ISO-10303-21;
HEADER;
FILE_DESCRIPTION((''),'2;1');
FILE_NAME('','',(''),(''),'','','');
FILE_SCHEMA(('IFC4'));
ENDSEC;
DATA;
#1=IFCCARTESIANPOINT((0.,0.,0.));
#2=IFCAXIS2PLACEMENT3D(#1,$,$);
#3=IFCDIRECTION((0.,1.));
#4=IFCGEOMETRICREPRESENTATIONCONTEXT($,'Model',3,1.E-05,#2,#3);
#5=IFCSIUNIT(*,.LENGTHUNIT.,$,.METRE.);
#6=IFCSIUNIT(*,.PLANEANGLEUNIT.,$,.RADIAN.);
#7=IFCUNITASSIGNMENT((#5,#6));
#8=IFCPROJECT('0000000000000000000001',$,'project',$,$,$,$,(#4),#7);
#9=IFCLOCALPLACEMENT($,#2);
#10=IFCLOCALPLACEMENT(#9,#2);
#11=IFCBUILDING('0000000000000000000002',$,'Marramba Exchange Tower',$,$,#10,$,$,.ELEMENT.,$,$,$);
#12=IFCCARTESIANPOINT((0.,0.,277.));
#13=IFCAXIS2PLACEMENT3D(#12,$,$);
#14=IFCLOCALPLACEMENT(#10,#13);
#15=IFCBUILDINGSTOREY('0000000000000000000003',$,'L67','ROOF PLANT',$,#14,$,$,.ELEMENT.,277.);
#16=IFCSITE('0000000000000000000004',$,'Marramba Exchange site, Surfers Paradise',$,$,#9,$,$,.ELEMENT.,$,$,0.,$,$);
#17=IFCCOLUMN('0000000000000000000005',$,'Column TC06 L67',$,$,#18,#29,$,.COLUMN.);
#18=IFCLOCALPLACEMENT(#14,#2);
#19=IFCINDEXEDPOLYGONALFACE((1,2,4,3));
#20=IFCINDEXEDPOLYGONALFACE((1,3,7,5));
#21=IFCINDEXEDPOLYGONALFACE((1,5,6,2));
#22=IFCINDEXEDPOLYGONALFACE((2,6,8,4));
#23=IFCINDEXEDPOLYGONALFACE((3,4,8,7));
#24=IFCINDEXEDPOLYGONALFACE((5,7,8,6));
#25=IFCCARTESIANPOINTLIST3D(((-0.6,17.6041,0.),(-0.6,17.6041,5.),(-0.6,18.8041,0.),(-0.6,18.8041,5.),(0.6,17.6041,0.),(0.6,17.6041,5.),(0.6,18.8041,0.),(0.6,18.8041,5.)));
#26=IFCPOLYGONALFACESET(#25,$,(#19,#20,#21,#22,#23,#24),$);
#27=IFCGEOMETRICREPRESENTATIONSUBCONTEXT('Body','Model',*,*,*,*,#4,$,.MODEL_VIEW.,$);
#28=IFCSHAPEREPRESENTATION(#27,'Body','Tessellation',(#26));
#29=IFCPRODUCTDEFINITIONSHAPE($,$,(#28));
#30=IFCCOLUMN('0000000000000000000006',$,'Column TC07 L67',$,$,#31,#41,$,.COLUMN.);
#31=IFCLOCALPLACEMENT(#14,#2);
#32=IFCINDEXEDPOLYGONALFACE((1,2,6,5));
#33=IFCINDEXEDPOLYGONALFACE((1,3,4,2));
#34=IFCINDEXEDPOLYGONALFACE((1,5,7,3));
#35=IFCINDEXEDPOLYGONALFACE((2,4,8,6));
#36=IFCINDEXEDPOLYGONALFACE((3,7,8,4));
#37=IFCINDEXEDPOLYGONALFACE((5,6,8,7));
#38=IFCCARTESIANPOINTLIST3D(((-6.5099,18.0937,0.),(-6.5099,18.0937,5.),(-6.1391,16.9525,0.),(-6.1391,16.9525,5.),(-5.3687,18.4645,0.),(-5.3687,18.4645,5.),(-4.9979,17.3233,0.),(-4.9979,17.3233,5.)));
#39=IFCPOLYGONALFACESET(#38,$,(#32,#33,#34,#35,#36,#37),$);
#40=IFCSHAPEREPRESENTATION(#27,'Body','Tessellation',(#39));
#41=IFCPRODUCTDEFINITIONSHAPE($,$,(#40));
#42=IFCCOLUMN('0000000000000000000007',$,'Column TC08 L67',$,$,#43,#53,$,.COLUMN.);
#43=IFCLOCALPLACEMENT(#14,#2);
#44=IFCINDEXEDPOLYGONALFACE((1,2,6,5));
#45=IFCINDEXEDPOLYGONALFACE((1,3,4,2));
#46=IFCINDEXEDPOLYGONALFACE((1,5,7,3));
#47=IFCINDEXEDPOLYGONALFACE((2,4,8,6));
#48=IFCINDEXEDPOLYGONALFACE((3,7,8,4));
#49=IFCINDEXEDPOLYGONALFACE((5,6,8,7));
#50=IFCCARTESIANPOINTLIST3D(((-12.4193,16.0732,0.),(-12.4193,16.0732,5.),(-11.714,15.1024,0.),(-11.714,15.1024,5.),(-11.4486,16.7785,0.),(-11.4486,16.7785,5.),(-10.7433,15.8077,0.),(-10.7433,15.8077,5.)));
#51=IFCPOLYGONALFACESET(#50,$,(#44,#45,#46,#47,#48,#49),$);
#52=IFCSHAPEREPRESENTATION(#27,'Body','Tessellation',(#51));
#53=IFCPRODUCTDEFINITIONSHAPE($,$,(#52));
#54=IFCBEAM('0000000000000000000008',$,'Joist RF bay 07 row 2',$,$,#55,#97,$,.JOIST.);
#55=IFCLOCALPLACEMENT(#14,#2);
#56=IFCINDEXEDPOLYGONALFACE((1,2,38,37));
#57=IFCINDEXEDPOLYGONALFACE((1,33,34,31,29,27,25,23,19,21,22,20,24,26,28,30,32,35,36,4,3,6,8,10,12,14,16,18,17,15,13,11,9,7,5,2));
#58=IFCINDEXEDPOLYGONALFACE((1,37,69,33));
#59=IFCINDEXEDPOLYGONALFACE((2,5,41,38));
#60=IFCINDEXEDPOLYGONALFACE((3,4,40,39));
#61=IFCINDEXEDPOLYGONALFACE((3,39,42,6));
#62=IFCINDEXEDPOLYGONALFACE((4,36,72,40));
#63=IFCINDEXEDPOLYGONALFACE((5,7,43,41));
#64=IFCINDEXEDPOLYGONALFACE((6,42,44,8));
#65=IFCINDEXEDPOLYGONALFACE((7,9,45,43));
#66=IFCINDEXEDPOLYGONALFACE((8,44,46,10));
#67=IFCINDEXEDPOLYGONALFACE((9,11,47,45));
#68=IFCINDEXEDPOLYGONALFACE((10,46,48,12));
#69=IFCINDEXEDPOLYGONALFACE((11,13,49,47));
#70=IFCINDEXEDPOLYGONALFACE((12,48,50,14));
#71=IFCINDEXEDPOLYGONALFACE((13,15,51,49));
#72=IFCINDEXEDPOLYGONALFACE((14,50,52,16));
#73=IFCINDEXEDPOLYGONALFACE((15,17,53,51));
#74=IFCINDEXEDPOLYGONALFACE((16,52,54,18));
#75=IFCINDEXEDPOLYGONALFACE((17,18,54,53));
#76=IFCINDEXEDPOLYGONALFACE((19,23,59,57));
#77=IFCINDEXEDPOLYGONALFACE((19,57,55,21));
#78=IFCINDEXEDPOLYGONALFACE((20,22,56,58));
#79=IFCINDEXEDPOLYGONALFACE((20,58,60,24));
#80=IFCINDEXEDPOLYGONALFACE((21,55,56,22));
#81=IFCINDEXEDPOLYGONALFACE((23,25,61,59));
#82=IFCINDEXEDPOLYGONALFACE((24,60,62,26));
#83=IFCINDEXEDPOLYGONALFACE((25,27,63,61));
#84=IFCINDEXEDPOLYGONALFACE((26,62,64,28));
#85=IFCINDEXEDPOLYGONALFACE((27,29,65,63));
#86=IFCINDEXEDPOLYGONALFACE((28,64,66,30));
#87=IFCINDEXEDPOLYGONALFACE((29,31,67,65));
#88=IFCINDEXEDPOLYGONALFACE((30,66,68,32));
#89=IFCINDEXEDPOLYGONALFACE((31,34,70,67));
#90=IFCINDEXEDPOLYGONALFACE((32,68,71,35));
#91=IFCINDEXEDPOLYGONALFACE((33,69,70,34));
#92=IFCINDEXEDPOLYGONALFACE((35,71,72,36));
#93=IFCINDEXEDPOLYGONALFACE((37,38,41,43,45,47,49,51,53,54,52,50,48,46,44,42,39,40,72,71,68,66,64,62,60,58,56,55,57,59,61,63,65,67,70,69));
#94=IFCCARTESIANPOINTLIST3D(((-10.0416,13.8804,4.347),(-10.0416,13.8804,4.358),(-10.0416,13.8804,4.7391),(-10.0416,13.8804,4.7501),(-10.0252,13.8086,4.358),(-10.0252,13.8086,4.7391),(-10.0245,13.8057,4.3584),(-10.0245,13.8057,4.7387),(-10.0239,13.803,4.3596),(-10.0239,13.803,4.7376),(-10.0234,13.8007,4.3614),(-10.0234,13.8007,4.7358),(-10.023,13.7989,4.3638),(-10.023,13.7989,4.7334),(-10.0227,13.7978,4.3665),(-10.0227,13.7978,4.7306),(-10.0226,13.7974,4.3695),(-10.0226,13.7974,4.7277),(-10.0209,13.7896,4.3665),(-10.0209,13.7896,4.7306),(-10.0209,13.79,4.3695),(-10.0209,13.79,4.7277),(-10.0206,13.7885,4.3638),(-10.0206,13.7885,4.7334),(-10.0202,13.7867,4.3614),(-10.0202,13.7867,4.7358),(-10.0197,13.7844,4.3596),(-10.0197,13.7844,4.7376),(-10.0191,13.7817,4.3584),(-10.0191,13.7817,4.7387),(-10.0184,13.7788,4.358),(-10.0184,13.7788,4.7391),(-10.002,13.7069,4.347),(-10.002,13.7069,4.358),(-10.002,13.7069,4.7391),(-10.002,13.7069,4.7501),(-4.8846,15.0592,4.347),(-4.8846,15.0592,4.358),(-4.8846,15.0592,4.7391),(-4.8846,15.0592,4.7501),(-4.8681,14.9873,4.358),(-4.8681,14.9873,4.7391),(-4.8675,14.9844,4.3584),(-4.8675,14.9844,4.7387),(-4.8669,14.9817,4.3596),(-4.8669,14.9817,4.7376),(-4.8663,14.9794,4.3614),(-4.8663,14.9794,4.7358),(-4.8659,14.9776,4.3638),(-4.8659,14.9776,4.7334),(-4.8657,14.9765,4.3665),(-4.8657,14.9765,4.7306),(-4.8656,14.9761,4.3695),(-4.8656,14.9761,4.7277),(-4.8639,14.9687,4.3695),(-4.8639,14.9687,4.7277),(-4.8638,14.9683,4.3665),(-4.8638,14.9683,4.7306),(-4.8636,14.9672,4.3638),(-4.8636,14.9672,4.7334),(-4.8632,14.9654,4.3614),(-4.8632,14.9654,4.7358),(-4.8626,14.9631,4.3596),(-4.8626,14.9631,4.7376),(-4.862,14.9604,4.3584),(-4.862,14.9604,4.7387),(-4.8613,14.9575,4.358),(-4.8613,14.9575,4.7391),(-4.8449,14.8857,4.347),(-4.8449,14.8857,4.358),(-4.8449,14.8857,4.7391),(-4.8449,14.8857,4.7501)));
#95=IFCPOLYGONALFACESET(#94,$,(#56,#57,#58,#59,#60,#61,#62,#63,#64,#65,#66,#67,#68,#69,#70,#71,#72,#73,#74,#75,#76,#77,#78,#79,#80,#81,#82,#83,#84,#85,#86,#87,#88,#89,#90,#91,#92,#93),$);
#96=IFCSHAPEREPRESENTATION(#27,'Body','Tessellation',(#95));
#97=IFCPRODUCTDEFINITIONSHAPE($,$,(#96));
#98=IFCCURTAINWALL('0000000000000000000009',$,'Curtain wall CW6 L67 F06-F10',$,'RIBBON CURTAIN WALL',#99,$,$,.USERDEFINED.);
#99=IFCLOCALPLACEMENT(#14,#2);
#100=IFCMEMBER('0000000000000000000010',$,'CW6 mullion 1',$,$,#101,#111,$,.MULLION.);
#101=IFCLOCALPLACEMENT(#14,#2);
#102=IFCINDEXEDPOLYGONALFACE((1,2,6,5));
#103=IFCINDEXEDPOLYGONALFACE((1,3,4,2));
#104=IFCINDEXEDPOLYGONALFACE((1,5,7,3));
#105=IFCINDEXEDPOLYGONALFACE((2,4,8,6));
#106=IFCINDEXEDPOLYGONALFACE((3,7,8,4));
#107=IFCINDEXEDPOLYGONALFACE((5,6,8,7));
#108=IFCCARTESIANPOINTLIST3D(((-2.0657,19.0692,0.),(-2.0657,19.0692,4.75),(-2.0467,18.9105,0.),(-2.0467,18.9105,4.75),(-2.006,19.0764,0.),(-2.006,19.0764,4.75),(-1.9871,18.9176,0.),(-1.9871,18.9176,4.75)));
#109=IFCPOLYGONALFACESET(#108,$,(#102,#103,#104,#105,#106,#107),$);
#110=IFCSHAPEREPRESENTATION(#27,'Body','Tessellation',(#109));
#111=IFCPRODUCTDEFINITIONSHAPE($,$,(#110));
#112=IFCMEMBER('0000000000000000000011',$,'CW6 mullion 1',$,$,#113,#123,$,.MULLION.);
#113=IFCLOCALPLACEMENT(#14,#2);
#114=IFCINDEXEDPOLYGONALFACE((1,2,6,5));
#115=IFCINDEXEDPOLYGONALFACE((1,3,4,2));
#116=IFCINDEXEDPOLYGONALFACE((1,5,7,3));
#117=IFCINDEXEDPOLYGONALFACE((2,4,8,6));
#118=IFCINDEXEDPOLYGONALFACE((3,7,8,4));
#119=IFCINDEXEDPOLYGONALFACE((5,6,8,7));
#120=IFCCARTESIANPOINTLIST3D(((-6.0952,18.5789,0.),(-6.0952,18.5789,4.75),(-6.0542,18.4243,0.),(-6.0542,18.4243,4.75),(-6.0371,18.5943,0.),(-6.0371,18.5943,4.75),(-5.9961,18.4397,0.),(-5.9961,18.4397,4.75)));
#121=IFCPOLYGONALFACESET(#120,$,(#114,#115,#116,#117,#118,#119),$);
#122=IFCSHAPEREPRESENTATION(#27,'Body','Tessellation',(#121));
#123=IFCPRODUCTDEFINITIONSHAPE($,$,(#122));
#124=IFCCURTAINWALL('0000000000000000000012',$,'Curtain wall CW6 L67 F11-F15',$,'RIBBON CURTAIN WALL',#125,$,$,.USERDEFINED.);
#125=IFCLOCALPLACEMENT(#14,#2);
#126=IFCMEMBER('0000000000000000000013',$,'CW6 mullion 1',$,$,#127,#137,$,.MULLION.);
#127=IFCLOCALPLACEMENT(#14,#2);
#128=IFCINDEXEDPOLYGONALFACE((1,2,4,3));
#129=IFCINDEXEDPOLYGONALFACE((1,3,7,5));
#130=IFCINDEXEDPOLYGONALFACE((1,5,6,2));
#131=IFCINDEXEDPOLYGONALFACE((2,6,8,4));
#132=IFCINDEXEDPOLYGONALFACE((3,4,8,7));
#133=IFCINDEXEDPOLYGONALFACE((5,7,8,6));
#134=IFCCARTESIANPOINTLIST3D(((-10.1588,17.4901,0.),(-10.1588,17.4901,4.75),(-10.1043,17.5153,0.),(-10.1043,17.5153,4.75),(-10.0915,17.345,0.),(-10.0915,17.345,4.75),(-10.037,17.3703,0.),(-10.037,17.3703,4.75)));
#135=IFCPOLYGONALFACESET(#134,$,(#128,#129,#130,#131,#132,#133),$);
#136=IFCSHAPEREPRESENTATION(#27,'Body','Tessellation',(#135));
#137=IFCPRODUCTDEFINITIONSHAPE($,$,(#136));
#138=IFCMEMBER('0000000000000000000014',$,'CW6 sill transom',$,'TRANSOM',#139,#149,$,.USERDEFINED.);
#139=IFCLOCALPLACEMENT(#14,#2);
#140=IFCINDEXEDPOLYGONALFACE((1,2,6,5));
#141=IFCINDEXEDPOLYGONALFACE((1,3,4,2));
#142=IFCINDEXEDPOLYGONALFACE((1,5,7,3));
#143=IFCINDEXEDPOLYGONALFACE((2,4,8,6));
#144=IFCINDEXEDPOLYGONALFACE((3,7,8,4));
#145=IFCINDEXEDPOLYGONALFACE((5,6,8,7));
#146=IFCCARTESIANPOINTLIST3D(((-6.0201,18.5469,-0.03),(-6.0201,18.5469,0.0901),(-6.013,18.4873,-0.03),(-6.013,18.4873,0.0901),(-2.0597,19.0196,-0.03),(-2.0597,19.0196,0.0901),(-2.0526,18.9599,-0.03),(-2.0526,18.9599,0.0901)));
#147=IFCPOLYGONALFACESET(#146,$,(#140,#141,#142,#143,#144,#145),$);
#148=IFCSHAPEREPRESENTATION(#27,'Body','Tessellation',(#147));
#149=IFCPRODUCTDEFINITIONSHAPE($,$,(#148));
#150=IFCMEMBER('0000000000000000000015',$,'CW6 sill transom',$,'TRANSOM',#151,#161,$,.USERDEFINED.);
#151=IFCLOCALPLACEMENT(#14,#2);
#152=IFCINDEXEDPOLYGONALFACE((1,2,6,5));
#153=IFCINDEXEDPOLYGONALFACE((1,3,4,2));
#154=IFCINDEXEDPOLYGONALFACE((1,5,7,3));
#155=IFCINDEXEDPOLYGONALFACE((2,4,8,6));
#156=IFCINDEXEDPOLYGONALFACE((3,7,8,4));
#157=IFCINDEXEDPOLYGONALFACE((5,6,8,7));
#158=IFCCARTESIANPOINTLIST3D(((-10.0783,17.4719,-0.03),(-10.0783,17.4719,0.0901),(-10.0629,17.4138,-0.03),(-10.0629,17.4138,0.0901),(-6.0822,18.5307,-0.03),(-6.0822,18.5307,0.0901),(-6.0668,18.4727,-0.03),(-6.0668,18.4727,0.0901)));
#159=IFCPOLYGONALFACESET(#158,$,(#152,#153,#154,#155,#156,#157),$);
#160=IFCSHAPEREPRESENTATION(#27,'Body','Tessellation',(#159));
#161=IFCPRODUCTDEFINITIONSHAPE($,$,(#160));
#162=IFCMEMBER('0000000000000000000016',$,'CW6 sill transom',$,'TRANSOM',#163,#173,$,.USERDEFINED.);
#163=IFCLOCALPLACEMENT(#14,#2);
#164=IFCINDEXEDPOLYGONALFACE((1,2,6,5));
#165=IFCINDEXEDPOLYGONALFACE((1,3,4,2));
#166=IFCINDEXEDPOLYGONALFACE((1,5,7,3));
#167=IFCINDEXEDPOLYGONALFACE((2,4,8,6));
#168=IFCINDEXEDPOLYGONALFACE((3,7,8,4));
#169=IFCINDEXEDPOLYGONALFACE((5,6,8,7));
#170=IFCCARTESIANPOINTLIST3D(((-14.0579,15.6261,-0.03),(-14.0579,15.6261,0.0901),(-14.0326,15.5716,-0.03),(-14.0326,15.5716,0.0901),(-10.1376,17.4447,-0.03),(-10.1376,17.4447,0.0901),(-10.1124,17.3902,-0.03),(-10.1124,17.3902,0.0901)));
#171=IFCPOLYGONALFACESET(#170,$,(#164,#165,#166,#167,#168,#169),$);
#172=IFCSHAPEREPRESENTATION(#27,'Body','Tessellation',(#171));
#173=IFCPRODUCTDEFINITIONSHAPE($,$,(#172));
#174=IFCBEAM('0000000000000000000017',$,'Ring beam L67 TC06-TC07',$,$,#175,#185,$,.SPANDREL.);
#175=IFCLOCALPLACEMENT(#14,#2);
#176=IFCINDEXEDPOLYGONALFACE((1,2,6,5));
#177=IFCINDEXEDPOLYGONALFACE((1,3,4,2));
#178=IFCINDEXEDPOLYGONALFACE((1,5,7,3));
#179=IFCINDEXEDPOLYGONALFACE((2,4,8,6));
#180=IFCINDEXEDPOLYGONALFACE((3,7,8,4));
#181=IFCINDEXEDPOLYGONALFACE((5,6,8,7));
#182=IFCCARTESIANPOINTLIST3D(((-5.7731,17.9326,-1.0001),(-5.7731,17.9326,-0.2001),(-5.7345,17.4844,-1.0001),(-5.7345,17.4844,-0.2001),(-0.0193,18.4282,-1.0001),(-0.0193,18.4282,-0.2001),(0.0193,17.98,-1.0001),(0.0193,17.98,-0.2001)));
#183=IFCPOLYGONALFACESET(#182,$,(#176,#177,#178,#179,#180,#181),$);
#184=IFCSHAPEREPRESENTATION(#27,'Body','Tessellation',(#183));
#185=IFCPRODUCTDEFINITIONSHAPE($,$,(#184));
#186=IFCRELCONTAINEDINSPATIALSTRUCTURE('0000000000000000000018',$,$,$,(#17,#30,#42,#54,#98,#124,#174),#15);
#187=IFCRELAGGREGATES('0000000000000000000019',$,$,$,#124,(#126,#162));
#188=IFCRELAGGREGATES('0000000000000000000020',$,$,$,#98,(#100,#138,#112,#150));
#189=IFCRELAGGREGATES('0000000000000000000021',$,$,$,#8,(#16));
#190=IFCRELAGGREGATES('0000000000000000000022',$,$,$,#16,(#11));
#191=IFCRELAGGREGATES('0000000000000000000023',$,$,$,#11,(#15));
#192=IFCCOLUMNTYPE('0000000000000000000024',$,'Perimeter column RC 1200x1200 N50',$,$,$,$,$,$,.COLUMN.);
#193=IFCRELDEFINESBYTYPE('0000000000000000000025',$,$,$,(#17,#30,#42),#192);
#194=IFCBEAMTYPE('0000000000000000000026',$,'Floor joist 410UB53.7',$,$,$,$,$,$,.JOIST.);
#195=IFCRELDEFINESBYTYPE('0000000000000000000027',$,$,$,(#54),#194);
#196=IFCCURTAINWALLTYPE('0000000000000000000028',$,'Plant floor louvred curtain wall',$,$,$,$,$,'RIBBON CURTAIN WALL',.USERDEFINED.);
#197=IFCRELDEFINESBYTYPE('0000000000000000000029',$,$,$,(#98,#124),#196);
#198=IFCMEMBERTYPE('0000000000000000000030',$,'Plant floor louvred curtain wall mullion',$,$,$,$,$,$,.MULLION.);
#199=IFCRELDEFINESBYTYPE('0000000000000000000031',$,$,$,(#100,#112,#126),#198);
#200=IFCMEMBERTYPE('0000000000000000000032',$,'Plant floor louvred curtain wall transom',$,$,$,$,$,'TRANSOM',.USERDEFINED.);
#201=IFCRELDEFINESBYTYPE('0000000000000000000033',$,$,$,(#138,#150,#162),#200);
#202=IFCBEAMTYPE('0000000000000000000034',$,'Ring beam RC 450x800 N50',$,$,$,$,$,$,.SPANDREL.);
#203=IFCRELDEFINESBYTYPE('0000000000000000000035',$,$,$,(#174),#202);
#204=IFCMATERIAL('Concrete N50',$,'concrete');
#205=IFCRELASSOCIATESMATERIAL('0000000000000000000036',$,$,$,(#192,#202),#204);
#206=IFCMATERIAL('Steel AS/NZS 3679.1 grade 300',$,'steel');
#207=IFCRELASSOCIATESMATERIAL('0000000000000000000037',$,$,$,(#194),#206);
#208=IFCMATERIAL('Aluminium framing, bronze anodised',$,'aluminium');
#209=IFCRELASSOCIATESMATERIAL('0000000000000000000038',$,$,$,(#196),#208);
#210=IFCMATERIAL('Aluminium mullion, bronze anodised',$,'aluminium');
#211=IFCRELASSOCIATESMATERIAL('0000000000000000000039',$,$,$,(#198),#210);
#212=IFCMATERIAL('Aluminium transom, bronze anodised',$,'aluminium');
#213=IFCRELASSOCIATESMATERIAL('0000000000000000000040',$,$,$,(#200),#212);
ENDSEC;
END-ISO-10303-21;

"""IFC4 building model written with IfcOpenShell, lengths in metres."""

from ifc_helpers import new_model, si_unit, direction, frame, origin, origin_2d, place, context, subcontext, project, spatial, rectangle, i_section, extrude, material, material_profile, profile_set, type_object, element, aggregate, save


model = new_model("IFC4")

# Units and contexts
model_context = context("Model", 3, precision=1e-05, world=origin(), true_north=direction((0.0, 1.0)))
body_context = subcontext(model_context, "Body", "Model", "MODEL_VIEW")
ifc_project = project(units=[si_unit("LENGTHUNIT", "METRE"), si_unit("PLANEANGLEUNIT", "RADIAN")], contexts=[model_context])

# Site, building, storey
site_placement = place(None, origin())
site = spatial("IfcSite", under=ifc_project, at=site_placement, Name="Marramba Exchange site, Surfers Paradise", CompositionType="ELEMENT", RefElevation=0.0)
building_placement = place(site_placement, origin())
building = spatial("IfcBuilding", under=site, at=building_placement, Name="Marramba Exchange Tower", CompositionType="ELEMENT")
storey_placement = place(building_placement, frame((0.0, 0.0, 277.0)))
storey = spatial("IfcBuildingStorey", under=building, at=storey_placement, Name="L67", Description="ROOF PLANT", CompositionType="ELEMENT", Elevation=277.0)

# Columns
ifc_material_1 = material(Name="Concrete N50", Category="concrete")
ifc_material_profile_1 = material_profile(ifc_material_1, rectangle(XDim=1.2, YDim=1.2, at=origin_2d()), Name="RC 1200x1200")
ifc_profile_set_1 = profile_set([ifc_material_profile_1], Name="Concrete N50")
column_type = type_object("IfcColumnType", Name="Perimeter column RC 1200x1200 N50", PredefinedType="COLUMN", material=ifc_profile_set_1)
for number, where, z_axis, x_axis, name in (
    (1, (0.0, 18.2041, 0.0), (0.0, 0.0, 1.0), (0.0, 1.0, 0.0), "Column TC06 L67"),
    (2, (-5.7539, 17.7085, 0.0), (0.0, 0.0, 1.0), (-0.309017, 0.951057, 0.0), "Column TC07 L67"),
    (3, (-11.5813, 15.9404, 0.0), (0.0, 0.0, 1.0), (-0.587785, 0.809017, 0.0), "Column TC08 L67"),
):
    element("IfcColumn", number, at=place(storey_placement, frame(where, z_axis=z_axis, x_axis=x_axis)), inside=storey, type_object=column_type, Name=name, PredefinedType="COLUMN", context=body_context, shape_type="SweptSolid", body=[
        extrude(rectangle(XDim=1.2, YDim=1.2, at=origin_2d()), origin(), (0.0, 0.0, 1.0), 5.0),
    ])

# Beam
ifc_material_2 = material(Name="Steel AS/NZS 3679.1 grade 300", Category="steel")
ifc_material_profile_2 = material_profile(ifc_material_2, i_section(OverallWidth=0.178, OverallDepth=0.4031, WebThickness=0.0076, FlangeThickness=0.011, FilletRadius=0.0115, at=origin_2d()), Name="410UB53.7")
ifc_profile_set_2 = profile_set([ifc_material_profile_2], Name="Steel AS/NZS 3679.1 grade 300")
beam_type_1 = type_object("IfcBeamType", Name="Floor joist 410UB53.7", PredefinedType="JOIST", material=ifc_profile_set_2)
beam_1_placement = place(storey_placement, frame((-4.8647, 14.9724, 4.5486), z_axis=(-0.97486, -0.22282, 0.0), x_axis=(0.22282, -0.97486, 0.0)))
element("IfcBeam", 4, at=beam_1_placement, inside=storey, type_object=beam_type_1, Name="Joist RF bay 07 row 2", PredefinedType="JOIST", context=body_context, shape_type="SweptSolid", body=[
    extrude(i_section(OverallWidth=0.178, OverallDepth=0.4031, WebThickness=0.0076, FlangeThickness=0.011, FilletRadius=0.0115, at=origin_2d()), origin(), (0.0, 0.0, 1.0), 5.29),
])

# Curtain wall, members
ifc_material_3 = material(Name="Aluminium framing, bronze anodised", Category="aluminium")
curtain_wall_type = type_object("IfcCurtainWallType", Name="Plant floor louvred curtain wall", ElementType="RIBBON CURTAIN WALL", PredefinedType="USERDEFINED", material=ifc_material_3)
curtain_wall_1_placement = place(storey_placement, origin())
curtain_wall_1 = element("IfcCurtainWall", 5, at=curtain_wall_1_placement, inside=storey, type_object=curtain_wall_type, Name="Curtain wall CW6 L67 F06-F10", ObjectType="RIBBON CURTAIN WALL", PredefinedType="USERDEFINED")
ifc_material_4 = material(Name="Aluminium mullion, bronze anodised", Category="aluminium")
ifc_material_profile_3 = material_profile(ifc_material_4, rectangle(XDim=0.1599, YDim=0.0601, at=origin_2d()), Name="CW6 mullion 60x160")
ifc_profile_set_3 = profile_set([ifc_material_profile_3], Name="Aluminium mullion, bronze anodised")
member_type_1 = type_object("IfcMemberType", Name="Plant floor louvred curtain wall mullion", PredefinedType="MULLION", material=ifc_profile_set_3)
member_1_placement = place(storey_placement, frame((-2.0264, 18.9934, 0.0), z_axis=(0.0, 0.0, 1.0), x_axis=(0.118557, -0.992947, 0.0)))
member_1 = element("IfcMember", 6, at=member_1_placement, type_object=member_type_1, Name="CW6 mullion 1", PredefinedType="MULLION", context=body_context, shape_type="SweptSolid", body=[
    extrude(rectangle(XDim=0.1599, YDim=0.0601, at=origin_2d()), origin(), (0.0, 0.0, 1.0), 4.75),
])
member_2_placement = place(storey_placement, frame((-6.0457, 18.5093, 0.0), z_axis=(0.0, 0.0, 1.0), x_axis=(0.256126, -0.966644, 0.0)))
member_2 = element("IfcMember", 7, at=member_2_placement, type_object=member_type_1, Name="CW6 mullion 1", PredefinedType="MULLION", context=body_context, shape_type="SweptSolid", body=[
    extrude(rectangle(XDim=0.1599, YDim=0.0601, at=origin_2d()), origin(), (0.0, 0.0, 1.0), 4.75),
])

# Curtain wall, member
curtain_wall_2_placement = place(storey_placement, origin())
curtain_wall_2 = element("IfcCurtainWall", 8, at=curtain_wall_2_placement, inside=storey, type_object=curtain_wall_type, Name="Curtain wall CW6 L67 F11-F15", ObjectType="RIBBON CURTAIN WALL", PredefinedType="USERDEFINED")
member_3_placement = place(storey_placement, frame((-10.0979, 17.4302, 0.0), z_axis=(0.0, 0.0, 1.0), x_axis=(0.420849, -0.907131, 0.0)))
member_3 = element("IfcMember", 9, at=member_3_placement, type_object=member_type_1, Name="CW6 mullion 1", PredefinedType="MULLION", context=body_context, shape_type="SweptSolid", body=[
    extrude(rectangle(XDim=0.1599, YDim=0.0601, at=origin_2d()), origin(), (0.0, 0.0, 1.0), 4.75),
])

# Members
ifc_material_5 = material(Name="Aluminium transom, bronze anodised", Category="aluminium")
ifc_material_profile_4 = material_profile(ifc_material_5, rectangle(XDim=0.0601, YDim=0.1201, at=origin_2d()), Name="CW6 transom 60x120")
ifc_profile_set_4 = profile_set([ifc_material_profile_4], Name="Aluminium transom, bronze anodised")
member_type_2 = type_object("IfcMemberType", Name="Plant floor louvred curtain wall transom", ElementType="TRANSOM", PredefinedType="USERDEFINED", material=ifc_profile_set_4)
member_4_placement = place(storey_placement, frame((-2.0562, 18.9897, 0.03), z_axis=(-0.992954, -0.118503, 0.0), x_axis=(0.118503, -0.992954, 0.0)))
member_4 = element("IfcMember", 10, at=member_4_placement, type_object=member_type_2, Name="CW6 sill transom", ObjectType="TRANSOM", PredefinedType="USERDEFINED", context=body_context, shape_type="SweptSolid", body=[
    extrude(rectangle(XDim=0.0601, YDim=0.1201, at=origin_2d()), origin(), (0.0, 0.0, 1.0), 3.9885),
])
member_5_placement = place(storey_placement, frame((-6.0745, 18.5017, 0.03), z_axis=(-0.966642, -0.25613, 0.0), x_axis=(0.25613, -0.966642, 0.0)))
member_5 = element("IfcMember", 11, at=member_5_placement, type_object=member_type_2, Name="CW6 sill transom", ObjectType="TRANSOM", PredefinedType="USERDEFINED", context=body_context, shape_type="SweptSolid", body=[
    extrude(rectangle(XDim=0.0601, YDim=0.1201, at=origin_2d()), origin(), (0.0, 0.0, 1.0), 4.134),
])
member_6_placement = place(storey_placement, frame((-10.125, 17.4175, 0.03), z_axis=(-0.907139, -0.420831, 0.0), x_axis=(0.420831, -0.907139, 0.0)))
member_6 = element("IfcMember", 12, at=member_6_placement, type_object=member_type_2, Name="CW6 sill transom", ObjectType="TRANSOM", PredefinedType="USERDEFINED", context=body_context, shape_type="SweptSolid", body=[
    extrude(rectangle(XDim=0.0601, YDim=0.1201, at=origin_2d()), origin(), (0.0, 0.0, 1.0), 4.3215),
])
aggregate(curtain_wall_2, [member_3, member_6])

# Beam
ifc_material_profile_5 = material_profile(ifc_material_1, rectangle(XDim=0.45, YDim=0.8, at=origin_2d()), Name="RC 450x800")
ifc_profile_set_5 = profile_set([ifc_material_profile_5], Name="Concrete N50")
beam_type_2 = type_object("IfcBeamType", Name="Ring beam RC 450x800 N50", PredefinedType="SPANDREL", material=ifc_profile_set_5)
beam_2_placement = place(storey_placement, frame((0.0, 18.2041, -0.6001), z_axis=(-0.996311, -0.085816, 0.0), x_axis=(0.085816, -0.996311, 0.0)))
element("IfcBeam", 13, at=beam_2_placement, inside=storey, type_object=beam_type_2, Name="Ring beam L67 TC06-TC07", PredefinedType="SPANDREL", context=body_context, shape_type="SweptSolid", body=[
    extrude(rectangle(XDim=0.45, YDim=0.8, at=origin_2d()), origin(), (0.0, 0.0, 1.0), 5.7751),
])

aggregate(curtain_wall_1, [member_1, member_4, member_2, member_5])

save(model, "model.ifc")
